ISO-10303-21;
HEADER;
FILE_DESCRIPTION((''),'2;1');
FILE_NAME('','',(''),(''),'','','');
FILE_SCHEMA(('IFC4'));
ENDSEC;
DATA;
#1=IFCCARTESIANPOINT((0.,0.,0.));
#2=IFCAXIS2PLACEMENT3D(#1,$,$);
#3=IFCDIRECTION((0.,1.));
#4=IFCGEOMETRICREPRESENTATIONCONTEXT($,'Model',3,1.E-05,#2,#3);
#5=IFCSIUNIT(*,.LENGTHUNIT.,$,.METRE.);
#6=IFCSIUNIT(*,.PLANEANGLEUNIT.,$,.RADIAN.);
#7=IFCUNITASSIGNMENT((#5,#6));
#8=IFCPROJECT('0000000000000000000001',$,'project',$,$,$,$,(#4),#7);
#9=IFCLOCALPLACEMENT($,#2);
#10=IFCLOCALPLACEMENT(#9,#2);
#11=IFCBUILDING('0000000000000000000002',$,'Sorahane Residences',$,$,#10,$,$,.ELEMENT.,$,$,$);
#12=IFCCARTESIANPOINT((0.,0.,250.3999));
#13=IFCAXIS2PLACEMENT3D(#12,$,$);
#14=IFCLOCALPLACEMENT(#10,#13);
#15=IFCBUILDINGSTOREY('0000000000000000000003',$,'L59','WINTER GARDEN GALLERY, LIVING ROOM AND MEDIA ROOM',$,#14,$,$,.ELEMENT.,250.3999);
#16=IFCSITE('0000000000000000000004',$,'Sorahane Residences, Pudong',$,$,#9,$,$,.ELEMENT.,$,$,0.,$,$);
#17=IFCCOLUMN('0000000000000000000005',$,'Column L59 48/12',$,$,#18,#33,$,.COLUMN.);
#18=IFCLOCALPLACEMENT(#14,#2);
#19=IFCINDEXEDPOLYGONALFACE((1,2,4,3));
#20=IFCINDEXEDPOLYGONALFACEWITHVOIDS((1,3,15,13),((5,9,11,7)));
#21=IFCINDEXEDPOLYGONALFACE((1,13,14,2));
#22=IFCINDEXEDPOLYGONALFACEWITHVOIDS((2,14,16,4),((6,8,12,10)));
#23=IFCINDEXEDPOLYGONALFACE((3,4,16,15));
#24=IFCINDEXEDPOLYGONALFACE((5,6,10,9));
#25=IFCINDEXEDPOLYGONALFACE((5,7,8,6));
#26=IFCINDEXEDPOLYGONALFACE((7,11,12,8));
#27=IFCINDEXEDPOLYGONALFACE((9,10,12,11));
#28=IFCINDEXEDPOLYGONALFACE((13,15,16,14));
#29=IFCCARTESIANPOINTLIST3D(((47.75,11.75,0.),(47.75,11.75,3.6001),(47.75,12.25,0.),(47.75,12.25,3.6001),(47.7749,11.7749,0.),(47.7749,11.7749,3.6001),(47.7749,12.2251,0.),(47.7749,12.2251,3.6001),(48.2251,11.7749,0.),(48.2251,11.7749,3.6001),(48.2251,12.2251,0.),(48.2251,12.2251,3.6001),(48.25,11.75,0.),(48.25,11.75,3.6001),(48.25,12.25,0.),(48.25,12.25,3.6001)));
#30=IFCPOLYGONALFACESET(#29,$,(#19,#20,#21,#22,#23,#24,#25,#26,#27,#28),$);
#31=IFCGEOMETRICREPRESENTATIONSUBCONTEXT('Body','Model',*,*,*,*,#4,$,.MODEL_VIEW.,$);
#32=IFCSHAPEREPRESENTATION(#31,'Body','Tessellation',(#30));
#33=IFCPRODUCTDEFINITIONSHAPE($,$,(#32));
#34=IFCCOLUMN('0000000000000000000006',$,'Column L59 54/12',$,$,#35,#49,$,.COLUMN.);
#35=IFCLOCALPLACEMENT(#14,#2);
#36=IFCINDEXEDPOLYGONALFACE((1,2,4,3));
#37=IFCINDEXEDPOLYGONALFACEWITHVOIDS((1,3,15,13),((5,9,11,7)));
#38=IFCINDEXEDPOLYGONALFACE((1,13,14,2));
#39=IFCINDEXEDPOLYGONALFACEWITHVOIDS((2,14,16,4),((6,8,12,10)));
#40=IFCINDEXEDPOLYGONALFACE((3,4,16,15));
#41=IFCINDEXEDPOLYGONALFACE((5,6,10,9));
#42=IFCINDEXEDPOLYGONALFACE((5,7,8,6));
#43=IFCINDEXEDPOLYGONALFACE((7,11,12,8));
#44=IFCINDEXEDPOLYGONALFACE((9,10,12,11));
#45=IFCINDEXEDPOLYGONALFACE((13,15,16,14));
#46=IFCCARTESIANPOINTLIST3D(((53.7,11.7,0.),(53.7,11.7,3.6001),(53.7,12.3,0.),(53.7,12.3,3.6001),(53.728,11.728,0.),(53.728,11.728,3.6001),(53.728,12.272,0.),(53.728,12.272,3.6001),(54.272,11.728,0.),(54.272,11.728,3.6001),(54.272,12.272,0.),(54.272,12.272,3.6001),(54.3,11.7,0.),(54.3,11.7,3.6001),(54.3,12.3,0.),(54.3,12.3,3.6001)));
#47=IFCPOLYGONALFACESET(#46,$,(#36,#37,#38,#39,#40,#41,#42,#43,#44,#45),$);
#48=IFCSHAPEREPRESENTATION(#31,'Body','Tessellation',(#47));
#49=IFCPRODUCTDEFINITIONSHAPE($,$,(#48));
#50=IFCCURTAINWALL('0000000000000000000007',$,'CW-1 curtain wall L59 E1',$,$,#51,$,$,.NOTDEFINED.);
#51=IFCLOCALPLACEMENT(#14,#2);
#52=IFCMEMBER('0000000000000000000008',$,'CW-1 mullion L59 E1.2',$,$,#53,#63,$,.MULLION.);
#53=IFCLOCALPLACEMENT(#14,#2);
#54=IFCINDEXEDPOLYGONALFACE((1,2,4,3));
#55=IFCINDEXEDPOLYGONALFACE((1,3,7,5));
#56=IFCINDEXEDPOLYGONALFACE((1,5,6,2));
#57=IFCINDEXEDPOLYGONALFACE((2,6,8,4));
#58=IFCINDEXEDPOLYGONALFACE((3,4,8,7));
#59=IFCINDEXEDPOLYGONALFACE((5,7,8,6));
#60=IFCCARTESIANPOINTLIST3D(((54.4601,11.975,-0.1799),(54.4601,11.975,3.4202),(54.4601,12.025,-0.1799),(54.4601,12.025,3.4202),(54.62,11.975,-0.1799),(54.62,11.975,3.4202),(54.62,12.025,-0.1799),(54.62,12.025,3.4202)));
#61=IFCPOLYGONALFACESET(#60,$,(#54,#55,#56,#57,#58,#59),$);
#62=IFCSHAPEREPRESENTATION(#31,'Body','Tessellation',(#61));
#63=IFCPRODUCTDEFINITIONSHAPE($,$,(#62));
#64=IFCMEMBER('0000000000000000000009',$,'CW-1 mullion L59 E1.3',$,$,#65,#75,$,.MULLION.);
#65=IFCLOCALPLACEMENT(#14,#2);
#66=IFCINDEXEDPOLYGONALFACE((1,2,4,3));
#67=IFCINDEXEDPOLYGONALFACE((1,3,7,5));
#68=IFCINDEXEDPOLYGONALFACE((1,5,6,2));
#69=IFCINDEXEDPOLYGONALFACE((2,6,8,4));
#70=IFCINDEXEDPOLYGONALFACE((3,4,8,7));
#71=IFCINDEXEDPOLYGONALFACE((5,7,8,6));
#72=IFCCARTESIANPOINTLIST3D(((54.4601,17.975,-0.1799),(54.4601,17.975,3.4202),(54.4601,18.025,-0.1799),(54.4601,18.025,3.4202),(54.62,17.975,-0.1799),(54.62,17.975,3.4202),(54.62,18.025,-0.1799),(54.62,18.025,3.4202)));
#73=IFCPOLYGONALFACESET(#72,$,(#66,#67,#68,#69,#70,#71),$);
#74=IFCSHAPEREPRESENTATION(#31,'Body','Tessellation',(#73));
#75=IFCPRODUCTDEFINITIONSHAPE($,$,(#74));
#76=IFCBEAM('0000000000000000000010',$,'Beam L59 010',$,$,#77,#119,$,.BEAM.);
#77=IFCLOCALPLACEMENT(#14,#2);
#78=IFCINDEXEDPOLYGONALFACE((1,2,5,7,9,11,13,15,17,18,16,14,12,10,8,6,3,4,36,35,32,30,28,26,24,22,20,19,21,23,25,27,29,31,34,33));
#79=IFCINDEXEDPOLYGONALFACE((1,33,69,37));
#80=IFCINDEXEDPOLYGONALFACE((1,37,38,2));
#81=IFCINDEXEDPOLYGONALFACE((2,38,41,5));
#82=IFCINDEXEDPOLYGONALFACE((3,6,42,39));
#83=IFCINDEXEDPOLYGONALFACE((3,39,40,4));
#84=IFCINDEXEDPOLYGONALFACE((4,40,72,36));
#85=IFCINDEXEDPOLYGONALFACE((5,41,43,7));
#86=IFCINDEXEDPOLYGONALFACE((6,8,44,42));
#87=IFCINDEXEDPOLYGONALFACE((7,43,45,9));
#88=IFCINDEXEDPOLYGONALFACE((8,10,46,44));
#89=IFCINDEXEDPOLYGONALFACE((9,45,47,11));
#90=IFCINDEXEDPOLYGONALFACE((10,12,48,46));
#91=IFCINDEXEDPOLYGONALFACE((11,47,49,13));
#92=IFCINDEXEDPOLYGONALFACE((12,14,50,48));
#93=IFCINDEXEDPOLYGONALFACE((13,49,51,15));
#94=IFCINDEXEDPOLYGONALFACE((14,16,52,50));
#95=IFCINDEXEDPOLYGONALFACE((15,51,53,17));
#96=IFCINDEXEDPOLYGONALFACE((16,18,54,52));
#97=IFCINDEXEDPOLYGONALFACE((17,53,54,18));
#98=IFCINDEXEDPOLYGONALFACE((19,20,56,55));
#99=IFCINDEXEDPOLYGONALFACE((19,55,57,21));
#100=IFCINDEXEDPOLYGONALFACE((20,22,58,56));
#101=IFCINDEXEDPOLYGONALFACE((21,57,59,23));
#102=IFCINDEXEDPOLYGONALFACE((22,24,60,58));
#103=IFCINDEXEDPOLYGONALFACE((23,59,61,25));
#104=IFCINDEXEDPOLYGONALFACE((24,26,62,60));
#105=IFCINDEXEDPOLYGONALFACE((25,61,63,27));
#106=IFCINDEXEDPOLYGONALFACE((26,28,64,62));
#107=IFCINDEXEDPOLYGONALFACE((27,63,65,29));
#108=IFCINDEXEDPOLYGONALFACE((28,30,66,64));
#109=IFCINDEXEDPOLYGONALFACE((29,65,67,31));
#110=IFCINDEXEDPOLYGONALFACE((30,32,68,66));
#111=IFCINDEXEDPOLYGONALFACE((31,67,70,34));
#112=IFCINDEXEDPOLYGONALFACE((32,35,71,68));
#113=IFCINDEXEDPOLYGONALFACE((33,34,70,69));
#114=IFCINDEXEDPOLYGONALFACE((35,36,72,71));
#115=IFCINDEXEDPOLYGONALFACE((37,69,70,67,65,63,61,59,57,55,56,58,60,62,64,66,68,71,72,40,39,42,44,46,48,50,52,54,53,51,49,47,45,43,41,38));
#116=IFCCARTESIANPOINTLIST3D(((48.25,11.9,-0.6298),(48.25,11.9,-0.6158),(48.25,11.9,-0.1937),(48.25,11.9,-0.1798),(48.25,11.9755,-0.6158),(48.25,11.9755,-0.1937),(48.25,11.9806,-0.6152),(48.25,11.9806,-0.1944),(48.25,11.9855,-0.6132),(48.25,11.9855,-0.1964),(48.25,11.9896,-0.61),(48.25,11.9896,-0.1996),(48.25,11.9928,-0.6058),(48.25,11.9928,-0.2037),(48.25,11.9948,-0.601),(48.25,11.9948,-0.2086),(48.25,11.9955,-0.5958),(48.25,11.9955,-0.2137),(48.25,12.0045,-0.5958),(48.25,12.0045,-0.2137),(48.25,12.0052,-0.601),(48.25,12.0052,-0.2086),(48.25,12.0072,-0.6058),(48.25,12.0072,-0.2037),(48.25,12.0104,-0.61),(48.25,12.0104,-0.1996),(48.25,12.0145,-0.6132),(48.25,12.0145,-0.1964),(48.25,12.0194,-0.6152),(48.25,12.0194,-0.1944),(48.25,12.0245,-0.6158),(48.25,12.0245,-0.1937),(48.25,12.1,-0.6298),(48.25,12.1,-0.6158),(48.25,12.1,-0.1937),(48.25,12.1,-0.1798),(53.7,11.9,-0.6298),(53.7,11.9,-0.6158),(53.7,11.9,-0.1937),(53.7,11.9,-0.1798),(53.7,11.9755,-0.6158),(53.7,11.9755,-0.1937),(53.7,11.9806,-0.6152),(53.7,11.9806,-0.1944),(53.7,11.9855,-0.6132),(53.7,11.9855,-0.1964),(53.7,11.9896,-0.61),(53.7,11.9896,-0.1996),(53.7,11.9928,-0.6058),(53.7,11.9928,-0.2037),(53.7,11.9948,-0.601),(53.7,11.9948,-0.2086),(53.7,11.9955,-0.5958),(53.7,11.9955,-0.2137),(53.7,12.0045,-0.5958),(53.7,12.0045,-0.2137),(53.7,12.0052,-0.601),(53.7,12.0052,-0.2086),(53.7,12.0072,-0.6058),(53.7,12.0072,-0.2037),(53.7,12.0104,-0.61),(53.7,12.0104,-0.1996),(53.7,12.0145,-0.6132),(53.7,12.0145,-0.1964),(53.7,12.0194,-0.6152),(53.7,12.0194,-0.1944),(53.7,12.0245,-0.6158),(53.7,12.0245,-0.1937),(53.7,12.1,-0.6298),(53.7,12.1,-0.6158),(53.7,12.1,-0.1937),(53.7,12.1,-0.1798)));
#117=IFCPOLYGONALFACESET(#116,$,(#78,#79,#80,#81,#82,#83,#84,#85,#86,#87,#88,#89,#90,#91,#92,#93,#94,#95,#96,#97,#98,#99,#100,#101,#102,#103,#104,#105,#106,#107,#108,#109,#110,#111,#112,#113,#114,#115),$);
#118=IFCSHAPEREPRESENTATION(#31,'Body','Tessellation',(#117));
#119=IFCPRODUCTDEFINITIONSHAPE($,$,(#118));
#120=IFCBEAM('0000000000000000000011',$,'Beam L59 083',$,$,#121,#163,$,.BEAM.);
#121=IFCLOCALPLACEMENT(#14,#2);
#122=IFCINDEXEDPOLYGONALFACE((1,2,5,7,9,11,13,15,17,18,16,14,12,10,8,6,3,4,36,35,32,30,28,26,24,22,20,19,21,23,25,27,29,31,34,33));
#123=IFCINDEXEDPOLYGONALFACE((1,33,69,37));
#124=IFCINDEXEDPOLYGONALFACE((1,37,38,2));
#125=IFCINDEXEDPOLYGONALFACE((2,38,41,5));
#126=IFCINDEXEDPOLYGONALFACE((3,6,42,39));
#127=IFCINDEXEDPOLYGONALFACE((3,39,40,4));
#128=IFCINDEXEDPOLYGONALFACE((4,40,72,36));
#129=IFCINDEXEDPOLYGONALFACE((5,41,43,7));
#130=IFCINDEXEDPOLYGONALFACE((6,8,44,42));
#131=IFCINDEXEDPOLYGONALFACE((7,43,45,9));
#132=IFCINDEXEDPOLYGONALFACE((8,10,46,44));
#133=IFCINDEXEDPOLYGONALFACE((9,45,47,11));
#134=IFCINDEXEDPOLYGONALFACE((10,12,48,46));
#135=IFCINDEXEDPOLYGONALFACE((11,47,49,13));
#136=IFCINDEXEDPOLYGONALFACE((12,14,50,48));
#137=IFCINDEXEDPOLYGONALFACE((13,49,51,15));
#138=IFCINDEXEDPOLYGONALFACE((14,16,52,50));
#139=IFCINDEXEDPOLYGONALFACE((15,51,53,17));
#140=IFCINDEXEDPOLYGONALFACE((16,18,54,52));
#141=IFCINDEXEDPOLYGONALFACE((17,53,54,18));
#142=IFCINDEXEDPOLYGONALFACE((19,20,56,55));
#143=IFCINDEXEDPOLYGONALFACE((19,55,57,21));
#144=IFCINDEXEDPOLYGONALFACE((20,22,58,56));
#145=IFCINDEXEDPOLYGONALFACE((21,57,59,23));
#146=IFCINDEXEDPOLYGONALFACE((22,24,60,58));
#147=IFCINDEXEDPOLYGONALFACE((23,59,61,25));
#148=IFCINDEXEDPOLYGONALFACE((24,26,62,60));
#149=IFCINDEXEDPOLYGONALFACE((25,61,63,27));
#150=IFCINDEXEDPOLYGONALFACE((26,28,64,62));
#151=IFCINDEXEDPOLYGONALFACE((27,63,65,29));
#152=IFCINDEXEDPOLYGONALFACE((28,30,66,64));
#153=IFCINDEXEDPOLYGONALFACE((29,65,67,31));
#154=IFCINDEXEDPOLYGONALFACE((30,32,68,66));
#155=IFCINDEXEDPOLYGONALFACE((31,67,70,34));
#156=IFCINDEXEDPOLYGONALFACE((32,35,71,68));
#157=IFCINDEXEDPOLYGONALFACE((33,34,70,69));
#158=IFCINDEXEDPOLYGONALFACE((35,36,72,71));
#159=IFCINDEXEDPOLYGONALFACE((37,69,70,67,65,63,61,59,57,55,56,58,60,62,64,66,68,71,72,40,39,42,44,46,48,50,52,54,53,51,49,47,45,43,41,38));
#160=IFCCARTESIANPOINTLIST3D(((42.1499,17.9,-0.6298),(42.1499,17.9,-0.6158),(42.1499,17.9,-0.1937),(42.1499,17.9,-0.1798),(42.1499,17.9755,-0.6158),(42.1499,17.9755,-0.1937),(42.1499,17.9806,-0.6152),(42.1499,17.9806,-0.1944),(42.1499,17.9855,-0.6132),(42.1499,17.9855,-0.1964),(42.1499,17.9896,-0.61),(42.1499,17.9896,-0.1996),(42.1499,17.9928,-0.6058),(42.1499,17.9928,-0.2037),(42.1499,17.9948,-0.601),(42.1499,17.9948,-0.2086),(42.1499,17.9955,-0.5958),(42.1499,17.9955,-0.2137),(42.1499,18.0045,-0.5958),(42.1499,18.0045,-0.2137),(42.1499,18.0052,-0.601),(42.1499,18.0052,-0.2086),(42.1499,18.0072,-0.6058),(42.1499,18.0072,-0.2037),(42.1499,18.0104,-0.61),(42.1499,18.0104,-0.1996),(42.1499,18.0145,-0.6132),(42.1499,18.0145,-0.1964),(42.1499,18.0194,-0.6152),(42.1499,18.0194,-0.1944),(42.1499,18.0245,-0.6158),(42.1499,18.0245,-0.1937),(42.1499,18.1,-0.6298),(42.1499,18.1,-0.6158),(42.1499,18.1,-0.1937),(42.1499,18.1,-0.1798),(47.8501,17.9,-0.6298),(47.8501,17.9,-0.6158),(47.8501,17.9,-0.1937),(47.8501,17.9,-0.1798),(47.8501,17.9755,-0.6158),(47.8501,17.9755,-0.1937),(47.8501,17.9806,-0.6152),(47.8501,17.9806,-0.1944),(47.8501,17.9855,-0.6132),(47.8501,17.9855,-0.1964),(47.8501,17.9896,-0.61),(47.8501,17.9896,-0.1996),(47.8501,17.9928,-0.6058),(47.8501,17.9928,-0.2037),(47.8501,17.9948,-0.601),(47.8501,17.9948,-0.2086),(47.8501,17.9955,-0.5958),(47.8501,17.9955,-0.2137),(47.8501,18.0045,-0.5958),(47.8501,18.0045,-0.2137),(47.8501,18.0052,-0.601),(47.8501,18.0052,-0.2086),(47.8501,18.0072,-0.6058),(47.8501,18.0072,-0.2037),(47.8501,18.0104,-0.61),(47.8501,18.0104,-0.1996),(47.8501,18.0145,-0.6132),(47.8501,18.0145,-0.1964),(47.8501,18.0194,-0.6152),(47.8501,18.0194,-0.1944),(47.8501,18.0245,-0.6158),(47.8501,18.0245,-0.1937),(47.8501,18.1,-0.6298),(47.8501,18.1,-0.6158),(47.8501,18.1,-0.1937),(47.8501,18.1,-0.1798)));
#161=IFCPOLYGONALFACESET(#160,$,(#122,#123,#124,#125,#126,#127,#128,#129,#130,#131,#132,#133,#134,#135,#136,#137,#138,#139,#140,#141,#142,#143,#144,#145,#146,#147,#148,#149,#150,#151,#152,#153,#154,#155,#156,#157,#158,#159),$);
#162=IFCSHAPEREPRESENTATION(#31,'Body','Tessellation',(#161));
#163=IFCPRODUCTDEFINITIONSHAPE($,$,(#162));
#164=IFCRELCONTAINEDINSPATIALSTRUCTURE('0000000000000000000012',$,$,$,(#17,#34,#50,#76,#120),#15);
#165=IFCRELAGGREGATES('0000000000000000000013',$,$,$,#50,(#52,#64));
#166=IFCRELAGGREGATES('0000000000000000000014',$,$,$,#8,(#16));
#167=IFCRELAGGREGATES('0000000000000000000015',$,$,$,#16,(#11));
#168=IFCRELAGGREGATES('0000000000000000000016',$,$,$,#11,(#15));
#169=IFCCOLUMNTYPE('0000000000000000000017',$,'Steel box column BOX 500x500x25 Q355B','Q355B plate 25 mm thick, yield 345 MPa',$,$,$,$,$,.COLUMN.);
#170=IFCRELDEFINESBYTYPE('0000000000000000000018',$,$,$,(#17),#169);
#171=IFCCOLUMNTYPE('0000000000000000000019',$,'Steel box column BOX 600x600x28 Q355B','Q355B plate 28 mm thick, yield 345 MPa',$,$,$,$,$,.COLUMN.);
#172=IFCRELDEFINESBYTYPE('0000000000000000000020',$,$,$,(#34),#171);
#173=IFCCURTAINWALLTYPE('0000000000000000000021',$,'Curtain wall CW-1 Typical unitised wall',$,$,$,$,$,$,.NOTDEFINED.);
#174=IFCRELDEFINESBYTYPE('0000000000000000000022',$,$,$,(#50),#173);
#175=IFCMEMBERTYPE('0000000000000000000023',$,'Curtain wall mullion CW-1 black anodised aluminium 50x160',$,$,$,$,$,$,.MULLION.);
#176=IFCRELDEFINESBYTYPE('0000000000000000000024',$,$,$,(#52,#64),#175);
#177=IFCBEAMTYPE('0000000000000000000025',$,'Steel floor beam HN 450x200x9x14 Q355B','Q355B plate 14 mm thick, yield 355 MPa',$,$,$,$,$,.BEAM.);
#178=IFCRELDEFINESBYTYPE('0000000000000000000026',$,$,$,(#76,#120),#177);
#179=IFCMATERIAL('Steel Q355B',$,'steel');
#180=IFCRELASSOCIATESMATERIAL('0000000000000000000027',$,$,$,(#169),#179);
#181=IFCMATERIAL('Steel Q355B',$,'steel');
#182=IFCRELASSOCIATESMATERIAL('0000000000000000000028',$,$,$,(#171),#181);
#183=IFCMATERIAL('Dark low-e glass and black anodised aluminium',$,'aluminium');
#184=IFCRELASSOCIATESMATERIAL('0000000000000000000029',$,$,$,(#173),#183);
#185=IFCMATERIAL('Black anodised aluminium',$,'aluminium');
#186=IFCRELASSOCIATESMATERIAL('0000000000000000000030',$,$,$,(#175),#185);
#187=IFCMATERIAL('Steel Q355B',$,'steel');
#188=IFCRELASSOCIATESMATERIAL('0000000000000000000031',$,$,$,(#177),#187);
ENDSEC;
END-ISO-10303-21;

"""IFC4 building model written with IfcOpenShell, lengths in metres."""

from ifc_helpers import new_model, si_unit, direction, frame, origin, origin_2d, place, context, subcontext, project, spatial, rectangle, hollow_rectangle, i_section, extrude, material, material_profile, profile_set, type_object, element, aggregate, save


model = new_model("IFC4")

# Units and contexts
model_context = context("Model", 3, precision=1e-05, world=origin(), true_north=direction((0.0, 1.0)))
body_context = subcontext(model_context, "Body", "Model", "MODEL_VIEW")
ifc_project = project(units=[si_unit("LENGTHUNIT", "METRE"), si_unit("PLANEANGLEUNIT", "RADIAN")], contexts=[model_context])

# Site, building, storey
site_placement = place(None, origin())
site = spatial("IfcSite", under=ifc_project, at=site_placement, Name="Sorahane Residences, Pudong", CompositionType="ELEMENT", RefElevation=0.0)
building_placement = place(site_placement, origin())
building = spatial("IfcBuilding", under=site, at=building_placement, Name="Sorahane Residences", CompositionType="ELEMENT")
storey_placement = place(building_placement, frame((0.0, 0.0, 250.3999)))
storey = spatial("IfcBuildingStorey", under=building, at=storey_placement, Name="L59", Description="WINTER GARDEN GALLERY, LIVING ROOM AND MEDIA ROOM", CompositionType="ELEMENT", Elevation=250.3999)

# Columns
ifc_material_1 = material(Name="Steel Q355B", Category="steel")
ifc_material_profile_1 = material_profile(ifc_material_1, hollow_rectangle(XDim=0.5, YDim=0.5, WallThickness=0.0249, at=origin_2d()), Name="BOX 500x500x25")
ifc_profile_set_1 = profile_set([ifc_material_profile_1], Name="Steel Q355B")
column_type_1 = type_object("IfcColumnType", Name="Steel box column BOX 500x500x25 Q355B", Description="Q355B plate 25 mm thick, yield 345 MPa", PredefinedType="COLUMN", material=ifc_profile_set_1)
column_1_placement = place(storey_placement, frame((48.0, 12.0, 0.0), z_axis=(0.0, 0.0, 1.0), x_axis=(1.0, 0.0, 0.0)))
element("IfcColumn", 1, at=column_1_placement, inside=storey, type_object=column_type_1, Name="Column L59 48/12", PredefinedType="COLUMN", context=body_context, shape_type="SweptSolid", body=[
    extrude(hollow_rectangle(XDim=0.5, YDim=0.5, WallThickness=0.0249, at=origin_2d()), origin(), (0.0, 0.0, 1.0), 3.6001),
])
ifc_material_2 = material(Name="Steel Q355B", Category="steel")
ifc_material_profile_2 = material_profile(ifc_material_2, hollow_rectangle(XDim=0.6001, YDim=0.6001, WallThickness=0.0281, at=origin_2d()), Name="BOX 600x600x28")
ifc_profile_set_2 = profile_set([ifc_material_profile_2], Name="Steel Q355B")
column_type_2 = type_object("IfcColumnType", Name="Steel box column BOX 600x600x28 Q355B", Description="Q355B plate 28 mm thick, yield 345 MPa", PredefinedType="COLUMN", material=ifc_profile_set_2)
column_2_placement = place(storey_placement, frame((54.0, 12.0, 0.0), z_axis=(0.0, 0.0, 1.0), x_axis=(1.0, 0.0, 0.0)))
element("IfcColumn", 2, at=column_2_placement, inside=storey, type_object=column_type_2, Name="Column L59 54/12", PredefinedType="COLUMN", context=body_context, shape_type="SweptSolid", body=[
    extrude(hollow_rectangle(XDim=0.6001, YDim=0.6001, WallThickness=0.0281, at=origin_2d()), origin(), (0.0, 0.0, 1.0), 3.6001),
])

# Curtain wall, members
ifc_material_3 = material(Name="Dark low-e glass and black anodised aluminium", Category="aluminium")
curtain_wall_type = type_object("IfcCurtainWallType", Name="Curtain wall CW-1 Typical unitised wall", PredefinedType="NOTDEFINED", material=ifc_material_3)
curtain_wall_placement = place(storey_placement, origin())
curtain_wall = element("IfcCurtainWall", 3, at=curtain_wall_placement, inside=storey, type_object=curtain_wall_type, Name="CW-1 curtain wall L59 E1", PredefinedType="NOTDEFINED")
ifc_material_4 = material(Name="Black anodised aluminium", Category="aluminium")
ifc_material_profile_3 = material_profile(ifc_material_4, rectangle(XDim=0.1599, YDim=0.05, at=origin_2d()), Name="Curtain wall mullion CW-1 black anodised aluminium 50x160")
ifc_profile_set_3 = profile_set([ifc_material_profile_3], Name="Black anodised aluminium")
member_type = type_object("IfcMemberType", Name="Curtain wall mullion CW-1 black anodised aluminium 50x160", PredefinedType="MULLION", material=ifc_profile_set_3)
member_1_placement = place(storey_placement, frame((54.54, 12.0, -0.1799), z_axis=(0.0, 0.0, 1.0), x_axis=(1.0, 0.0, 0.0)))
member_1 = element("IfcMember", 4, at=member_1_placement, type_object=member_type, Name="CW-1 mullion L59 E1.2", PredefinedType="MULLION", context=body_context, shape_type="SweptSolid", body=[
    extrude(rectangle(XDim=0.1599, YDim=0.05, at=origin_2d()), origin(), (0.0, 0.0, 1.0), 3.6001),
])
member_2_placement = place(storey_placement, frame((54.54, 18.0, -0.1799), z_axis=(0.0, 0.0, 1.0), x_axis=(1.0, 0.0, 0.0)))
member_2 = element("IfcMember", 5, at=member_2_placement, type_object=member_type, Name="CW-1 mullion L59 E1.3", PredefinedType="MULLION", context=body_context, shape_type="SweptSolid", body=[
    extrude(rectangle(XDim=0.1599, YDim=0.05, at=origin_2d()), origin(), (0.0, 0.0, 1.0), 3.6001),
])

# Beams
ifc_material_5 = material(Name="Steel Q355B", Category="steel")
ifc_material_profile_4 = material_profile(ifc_material_5, i_section(OverallWidth=0.2, OverallDepth=0.45, WebThickness=0.009, FlangeThickness=0.0139, FilletRadius=0.02, at=origin_2d()), Name="HN 450x200x9x14")
ifc_profile_set_4 = profile_set([ifc_material_profile_4], Name="Steel Q355B")
beam_type_1 = type_object("IfcBeamType", Name="Steel floor beam HN 450x200x9x14 Q355B", Description="Q355B plate 14 mm thick, yield 355 MPa", PredefinedType="BEAM", material=ifc_profile_set_4)
beam_1_placement = place(storey_placement, frame((48.25, 12.0, -0.4048), z_axis=(1.0, 0.0, 0.0), x_axis=(0.0, 1.0, 0.0)))
element("IfcBeam", 6, at=beam_1_placement, inside=storey, type_object=beam_type_1, Name="Beam L59 010", PredefinedType="BEAM", context=body_context, shape_type="SweptSolid", body=[
    extrude(i_section(OverallWidth=0.2, OverallDepth=0.45, WebThickness=0.009, FlangeThickness=0.0139, FilletRadius=0.02, at=origin_2d()), origin(), (0.0, 0.0, 1.0), 5.45),
])
for number, where, z_axis, x_axis, name in (
    (7, (42.1499, 18.0, -0.4048), (1.0, 0.0, 0.0), (0.0, 1.0, 0.0), "Beam L59 083"),
):
    element("IfcBeam", number, at=place(storey_placement, frame(where, z_axis=z_axis, x_axis=x_axis)), inside=storey, type_object=beam_type_1, Name=name, PredefinedType="BEAM", context=body_context, shape_type="SweptSolid", body=[
        extrude(i_section(OverallWidth=0.2, OverallDepth=0.45, WebThickness=0.009, FlangeThickness=0.0139, FilletRadius=0.02, at=origin_2d()), origin(), (0.0, 0.0, 1.0), 5.7002),
    ])

aggregate(curtain_wall, [member_1, member_2])

save(model, "model.ifc")
